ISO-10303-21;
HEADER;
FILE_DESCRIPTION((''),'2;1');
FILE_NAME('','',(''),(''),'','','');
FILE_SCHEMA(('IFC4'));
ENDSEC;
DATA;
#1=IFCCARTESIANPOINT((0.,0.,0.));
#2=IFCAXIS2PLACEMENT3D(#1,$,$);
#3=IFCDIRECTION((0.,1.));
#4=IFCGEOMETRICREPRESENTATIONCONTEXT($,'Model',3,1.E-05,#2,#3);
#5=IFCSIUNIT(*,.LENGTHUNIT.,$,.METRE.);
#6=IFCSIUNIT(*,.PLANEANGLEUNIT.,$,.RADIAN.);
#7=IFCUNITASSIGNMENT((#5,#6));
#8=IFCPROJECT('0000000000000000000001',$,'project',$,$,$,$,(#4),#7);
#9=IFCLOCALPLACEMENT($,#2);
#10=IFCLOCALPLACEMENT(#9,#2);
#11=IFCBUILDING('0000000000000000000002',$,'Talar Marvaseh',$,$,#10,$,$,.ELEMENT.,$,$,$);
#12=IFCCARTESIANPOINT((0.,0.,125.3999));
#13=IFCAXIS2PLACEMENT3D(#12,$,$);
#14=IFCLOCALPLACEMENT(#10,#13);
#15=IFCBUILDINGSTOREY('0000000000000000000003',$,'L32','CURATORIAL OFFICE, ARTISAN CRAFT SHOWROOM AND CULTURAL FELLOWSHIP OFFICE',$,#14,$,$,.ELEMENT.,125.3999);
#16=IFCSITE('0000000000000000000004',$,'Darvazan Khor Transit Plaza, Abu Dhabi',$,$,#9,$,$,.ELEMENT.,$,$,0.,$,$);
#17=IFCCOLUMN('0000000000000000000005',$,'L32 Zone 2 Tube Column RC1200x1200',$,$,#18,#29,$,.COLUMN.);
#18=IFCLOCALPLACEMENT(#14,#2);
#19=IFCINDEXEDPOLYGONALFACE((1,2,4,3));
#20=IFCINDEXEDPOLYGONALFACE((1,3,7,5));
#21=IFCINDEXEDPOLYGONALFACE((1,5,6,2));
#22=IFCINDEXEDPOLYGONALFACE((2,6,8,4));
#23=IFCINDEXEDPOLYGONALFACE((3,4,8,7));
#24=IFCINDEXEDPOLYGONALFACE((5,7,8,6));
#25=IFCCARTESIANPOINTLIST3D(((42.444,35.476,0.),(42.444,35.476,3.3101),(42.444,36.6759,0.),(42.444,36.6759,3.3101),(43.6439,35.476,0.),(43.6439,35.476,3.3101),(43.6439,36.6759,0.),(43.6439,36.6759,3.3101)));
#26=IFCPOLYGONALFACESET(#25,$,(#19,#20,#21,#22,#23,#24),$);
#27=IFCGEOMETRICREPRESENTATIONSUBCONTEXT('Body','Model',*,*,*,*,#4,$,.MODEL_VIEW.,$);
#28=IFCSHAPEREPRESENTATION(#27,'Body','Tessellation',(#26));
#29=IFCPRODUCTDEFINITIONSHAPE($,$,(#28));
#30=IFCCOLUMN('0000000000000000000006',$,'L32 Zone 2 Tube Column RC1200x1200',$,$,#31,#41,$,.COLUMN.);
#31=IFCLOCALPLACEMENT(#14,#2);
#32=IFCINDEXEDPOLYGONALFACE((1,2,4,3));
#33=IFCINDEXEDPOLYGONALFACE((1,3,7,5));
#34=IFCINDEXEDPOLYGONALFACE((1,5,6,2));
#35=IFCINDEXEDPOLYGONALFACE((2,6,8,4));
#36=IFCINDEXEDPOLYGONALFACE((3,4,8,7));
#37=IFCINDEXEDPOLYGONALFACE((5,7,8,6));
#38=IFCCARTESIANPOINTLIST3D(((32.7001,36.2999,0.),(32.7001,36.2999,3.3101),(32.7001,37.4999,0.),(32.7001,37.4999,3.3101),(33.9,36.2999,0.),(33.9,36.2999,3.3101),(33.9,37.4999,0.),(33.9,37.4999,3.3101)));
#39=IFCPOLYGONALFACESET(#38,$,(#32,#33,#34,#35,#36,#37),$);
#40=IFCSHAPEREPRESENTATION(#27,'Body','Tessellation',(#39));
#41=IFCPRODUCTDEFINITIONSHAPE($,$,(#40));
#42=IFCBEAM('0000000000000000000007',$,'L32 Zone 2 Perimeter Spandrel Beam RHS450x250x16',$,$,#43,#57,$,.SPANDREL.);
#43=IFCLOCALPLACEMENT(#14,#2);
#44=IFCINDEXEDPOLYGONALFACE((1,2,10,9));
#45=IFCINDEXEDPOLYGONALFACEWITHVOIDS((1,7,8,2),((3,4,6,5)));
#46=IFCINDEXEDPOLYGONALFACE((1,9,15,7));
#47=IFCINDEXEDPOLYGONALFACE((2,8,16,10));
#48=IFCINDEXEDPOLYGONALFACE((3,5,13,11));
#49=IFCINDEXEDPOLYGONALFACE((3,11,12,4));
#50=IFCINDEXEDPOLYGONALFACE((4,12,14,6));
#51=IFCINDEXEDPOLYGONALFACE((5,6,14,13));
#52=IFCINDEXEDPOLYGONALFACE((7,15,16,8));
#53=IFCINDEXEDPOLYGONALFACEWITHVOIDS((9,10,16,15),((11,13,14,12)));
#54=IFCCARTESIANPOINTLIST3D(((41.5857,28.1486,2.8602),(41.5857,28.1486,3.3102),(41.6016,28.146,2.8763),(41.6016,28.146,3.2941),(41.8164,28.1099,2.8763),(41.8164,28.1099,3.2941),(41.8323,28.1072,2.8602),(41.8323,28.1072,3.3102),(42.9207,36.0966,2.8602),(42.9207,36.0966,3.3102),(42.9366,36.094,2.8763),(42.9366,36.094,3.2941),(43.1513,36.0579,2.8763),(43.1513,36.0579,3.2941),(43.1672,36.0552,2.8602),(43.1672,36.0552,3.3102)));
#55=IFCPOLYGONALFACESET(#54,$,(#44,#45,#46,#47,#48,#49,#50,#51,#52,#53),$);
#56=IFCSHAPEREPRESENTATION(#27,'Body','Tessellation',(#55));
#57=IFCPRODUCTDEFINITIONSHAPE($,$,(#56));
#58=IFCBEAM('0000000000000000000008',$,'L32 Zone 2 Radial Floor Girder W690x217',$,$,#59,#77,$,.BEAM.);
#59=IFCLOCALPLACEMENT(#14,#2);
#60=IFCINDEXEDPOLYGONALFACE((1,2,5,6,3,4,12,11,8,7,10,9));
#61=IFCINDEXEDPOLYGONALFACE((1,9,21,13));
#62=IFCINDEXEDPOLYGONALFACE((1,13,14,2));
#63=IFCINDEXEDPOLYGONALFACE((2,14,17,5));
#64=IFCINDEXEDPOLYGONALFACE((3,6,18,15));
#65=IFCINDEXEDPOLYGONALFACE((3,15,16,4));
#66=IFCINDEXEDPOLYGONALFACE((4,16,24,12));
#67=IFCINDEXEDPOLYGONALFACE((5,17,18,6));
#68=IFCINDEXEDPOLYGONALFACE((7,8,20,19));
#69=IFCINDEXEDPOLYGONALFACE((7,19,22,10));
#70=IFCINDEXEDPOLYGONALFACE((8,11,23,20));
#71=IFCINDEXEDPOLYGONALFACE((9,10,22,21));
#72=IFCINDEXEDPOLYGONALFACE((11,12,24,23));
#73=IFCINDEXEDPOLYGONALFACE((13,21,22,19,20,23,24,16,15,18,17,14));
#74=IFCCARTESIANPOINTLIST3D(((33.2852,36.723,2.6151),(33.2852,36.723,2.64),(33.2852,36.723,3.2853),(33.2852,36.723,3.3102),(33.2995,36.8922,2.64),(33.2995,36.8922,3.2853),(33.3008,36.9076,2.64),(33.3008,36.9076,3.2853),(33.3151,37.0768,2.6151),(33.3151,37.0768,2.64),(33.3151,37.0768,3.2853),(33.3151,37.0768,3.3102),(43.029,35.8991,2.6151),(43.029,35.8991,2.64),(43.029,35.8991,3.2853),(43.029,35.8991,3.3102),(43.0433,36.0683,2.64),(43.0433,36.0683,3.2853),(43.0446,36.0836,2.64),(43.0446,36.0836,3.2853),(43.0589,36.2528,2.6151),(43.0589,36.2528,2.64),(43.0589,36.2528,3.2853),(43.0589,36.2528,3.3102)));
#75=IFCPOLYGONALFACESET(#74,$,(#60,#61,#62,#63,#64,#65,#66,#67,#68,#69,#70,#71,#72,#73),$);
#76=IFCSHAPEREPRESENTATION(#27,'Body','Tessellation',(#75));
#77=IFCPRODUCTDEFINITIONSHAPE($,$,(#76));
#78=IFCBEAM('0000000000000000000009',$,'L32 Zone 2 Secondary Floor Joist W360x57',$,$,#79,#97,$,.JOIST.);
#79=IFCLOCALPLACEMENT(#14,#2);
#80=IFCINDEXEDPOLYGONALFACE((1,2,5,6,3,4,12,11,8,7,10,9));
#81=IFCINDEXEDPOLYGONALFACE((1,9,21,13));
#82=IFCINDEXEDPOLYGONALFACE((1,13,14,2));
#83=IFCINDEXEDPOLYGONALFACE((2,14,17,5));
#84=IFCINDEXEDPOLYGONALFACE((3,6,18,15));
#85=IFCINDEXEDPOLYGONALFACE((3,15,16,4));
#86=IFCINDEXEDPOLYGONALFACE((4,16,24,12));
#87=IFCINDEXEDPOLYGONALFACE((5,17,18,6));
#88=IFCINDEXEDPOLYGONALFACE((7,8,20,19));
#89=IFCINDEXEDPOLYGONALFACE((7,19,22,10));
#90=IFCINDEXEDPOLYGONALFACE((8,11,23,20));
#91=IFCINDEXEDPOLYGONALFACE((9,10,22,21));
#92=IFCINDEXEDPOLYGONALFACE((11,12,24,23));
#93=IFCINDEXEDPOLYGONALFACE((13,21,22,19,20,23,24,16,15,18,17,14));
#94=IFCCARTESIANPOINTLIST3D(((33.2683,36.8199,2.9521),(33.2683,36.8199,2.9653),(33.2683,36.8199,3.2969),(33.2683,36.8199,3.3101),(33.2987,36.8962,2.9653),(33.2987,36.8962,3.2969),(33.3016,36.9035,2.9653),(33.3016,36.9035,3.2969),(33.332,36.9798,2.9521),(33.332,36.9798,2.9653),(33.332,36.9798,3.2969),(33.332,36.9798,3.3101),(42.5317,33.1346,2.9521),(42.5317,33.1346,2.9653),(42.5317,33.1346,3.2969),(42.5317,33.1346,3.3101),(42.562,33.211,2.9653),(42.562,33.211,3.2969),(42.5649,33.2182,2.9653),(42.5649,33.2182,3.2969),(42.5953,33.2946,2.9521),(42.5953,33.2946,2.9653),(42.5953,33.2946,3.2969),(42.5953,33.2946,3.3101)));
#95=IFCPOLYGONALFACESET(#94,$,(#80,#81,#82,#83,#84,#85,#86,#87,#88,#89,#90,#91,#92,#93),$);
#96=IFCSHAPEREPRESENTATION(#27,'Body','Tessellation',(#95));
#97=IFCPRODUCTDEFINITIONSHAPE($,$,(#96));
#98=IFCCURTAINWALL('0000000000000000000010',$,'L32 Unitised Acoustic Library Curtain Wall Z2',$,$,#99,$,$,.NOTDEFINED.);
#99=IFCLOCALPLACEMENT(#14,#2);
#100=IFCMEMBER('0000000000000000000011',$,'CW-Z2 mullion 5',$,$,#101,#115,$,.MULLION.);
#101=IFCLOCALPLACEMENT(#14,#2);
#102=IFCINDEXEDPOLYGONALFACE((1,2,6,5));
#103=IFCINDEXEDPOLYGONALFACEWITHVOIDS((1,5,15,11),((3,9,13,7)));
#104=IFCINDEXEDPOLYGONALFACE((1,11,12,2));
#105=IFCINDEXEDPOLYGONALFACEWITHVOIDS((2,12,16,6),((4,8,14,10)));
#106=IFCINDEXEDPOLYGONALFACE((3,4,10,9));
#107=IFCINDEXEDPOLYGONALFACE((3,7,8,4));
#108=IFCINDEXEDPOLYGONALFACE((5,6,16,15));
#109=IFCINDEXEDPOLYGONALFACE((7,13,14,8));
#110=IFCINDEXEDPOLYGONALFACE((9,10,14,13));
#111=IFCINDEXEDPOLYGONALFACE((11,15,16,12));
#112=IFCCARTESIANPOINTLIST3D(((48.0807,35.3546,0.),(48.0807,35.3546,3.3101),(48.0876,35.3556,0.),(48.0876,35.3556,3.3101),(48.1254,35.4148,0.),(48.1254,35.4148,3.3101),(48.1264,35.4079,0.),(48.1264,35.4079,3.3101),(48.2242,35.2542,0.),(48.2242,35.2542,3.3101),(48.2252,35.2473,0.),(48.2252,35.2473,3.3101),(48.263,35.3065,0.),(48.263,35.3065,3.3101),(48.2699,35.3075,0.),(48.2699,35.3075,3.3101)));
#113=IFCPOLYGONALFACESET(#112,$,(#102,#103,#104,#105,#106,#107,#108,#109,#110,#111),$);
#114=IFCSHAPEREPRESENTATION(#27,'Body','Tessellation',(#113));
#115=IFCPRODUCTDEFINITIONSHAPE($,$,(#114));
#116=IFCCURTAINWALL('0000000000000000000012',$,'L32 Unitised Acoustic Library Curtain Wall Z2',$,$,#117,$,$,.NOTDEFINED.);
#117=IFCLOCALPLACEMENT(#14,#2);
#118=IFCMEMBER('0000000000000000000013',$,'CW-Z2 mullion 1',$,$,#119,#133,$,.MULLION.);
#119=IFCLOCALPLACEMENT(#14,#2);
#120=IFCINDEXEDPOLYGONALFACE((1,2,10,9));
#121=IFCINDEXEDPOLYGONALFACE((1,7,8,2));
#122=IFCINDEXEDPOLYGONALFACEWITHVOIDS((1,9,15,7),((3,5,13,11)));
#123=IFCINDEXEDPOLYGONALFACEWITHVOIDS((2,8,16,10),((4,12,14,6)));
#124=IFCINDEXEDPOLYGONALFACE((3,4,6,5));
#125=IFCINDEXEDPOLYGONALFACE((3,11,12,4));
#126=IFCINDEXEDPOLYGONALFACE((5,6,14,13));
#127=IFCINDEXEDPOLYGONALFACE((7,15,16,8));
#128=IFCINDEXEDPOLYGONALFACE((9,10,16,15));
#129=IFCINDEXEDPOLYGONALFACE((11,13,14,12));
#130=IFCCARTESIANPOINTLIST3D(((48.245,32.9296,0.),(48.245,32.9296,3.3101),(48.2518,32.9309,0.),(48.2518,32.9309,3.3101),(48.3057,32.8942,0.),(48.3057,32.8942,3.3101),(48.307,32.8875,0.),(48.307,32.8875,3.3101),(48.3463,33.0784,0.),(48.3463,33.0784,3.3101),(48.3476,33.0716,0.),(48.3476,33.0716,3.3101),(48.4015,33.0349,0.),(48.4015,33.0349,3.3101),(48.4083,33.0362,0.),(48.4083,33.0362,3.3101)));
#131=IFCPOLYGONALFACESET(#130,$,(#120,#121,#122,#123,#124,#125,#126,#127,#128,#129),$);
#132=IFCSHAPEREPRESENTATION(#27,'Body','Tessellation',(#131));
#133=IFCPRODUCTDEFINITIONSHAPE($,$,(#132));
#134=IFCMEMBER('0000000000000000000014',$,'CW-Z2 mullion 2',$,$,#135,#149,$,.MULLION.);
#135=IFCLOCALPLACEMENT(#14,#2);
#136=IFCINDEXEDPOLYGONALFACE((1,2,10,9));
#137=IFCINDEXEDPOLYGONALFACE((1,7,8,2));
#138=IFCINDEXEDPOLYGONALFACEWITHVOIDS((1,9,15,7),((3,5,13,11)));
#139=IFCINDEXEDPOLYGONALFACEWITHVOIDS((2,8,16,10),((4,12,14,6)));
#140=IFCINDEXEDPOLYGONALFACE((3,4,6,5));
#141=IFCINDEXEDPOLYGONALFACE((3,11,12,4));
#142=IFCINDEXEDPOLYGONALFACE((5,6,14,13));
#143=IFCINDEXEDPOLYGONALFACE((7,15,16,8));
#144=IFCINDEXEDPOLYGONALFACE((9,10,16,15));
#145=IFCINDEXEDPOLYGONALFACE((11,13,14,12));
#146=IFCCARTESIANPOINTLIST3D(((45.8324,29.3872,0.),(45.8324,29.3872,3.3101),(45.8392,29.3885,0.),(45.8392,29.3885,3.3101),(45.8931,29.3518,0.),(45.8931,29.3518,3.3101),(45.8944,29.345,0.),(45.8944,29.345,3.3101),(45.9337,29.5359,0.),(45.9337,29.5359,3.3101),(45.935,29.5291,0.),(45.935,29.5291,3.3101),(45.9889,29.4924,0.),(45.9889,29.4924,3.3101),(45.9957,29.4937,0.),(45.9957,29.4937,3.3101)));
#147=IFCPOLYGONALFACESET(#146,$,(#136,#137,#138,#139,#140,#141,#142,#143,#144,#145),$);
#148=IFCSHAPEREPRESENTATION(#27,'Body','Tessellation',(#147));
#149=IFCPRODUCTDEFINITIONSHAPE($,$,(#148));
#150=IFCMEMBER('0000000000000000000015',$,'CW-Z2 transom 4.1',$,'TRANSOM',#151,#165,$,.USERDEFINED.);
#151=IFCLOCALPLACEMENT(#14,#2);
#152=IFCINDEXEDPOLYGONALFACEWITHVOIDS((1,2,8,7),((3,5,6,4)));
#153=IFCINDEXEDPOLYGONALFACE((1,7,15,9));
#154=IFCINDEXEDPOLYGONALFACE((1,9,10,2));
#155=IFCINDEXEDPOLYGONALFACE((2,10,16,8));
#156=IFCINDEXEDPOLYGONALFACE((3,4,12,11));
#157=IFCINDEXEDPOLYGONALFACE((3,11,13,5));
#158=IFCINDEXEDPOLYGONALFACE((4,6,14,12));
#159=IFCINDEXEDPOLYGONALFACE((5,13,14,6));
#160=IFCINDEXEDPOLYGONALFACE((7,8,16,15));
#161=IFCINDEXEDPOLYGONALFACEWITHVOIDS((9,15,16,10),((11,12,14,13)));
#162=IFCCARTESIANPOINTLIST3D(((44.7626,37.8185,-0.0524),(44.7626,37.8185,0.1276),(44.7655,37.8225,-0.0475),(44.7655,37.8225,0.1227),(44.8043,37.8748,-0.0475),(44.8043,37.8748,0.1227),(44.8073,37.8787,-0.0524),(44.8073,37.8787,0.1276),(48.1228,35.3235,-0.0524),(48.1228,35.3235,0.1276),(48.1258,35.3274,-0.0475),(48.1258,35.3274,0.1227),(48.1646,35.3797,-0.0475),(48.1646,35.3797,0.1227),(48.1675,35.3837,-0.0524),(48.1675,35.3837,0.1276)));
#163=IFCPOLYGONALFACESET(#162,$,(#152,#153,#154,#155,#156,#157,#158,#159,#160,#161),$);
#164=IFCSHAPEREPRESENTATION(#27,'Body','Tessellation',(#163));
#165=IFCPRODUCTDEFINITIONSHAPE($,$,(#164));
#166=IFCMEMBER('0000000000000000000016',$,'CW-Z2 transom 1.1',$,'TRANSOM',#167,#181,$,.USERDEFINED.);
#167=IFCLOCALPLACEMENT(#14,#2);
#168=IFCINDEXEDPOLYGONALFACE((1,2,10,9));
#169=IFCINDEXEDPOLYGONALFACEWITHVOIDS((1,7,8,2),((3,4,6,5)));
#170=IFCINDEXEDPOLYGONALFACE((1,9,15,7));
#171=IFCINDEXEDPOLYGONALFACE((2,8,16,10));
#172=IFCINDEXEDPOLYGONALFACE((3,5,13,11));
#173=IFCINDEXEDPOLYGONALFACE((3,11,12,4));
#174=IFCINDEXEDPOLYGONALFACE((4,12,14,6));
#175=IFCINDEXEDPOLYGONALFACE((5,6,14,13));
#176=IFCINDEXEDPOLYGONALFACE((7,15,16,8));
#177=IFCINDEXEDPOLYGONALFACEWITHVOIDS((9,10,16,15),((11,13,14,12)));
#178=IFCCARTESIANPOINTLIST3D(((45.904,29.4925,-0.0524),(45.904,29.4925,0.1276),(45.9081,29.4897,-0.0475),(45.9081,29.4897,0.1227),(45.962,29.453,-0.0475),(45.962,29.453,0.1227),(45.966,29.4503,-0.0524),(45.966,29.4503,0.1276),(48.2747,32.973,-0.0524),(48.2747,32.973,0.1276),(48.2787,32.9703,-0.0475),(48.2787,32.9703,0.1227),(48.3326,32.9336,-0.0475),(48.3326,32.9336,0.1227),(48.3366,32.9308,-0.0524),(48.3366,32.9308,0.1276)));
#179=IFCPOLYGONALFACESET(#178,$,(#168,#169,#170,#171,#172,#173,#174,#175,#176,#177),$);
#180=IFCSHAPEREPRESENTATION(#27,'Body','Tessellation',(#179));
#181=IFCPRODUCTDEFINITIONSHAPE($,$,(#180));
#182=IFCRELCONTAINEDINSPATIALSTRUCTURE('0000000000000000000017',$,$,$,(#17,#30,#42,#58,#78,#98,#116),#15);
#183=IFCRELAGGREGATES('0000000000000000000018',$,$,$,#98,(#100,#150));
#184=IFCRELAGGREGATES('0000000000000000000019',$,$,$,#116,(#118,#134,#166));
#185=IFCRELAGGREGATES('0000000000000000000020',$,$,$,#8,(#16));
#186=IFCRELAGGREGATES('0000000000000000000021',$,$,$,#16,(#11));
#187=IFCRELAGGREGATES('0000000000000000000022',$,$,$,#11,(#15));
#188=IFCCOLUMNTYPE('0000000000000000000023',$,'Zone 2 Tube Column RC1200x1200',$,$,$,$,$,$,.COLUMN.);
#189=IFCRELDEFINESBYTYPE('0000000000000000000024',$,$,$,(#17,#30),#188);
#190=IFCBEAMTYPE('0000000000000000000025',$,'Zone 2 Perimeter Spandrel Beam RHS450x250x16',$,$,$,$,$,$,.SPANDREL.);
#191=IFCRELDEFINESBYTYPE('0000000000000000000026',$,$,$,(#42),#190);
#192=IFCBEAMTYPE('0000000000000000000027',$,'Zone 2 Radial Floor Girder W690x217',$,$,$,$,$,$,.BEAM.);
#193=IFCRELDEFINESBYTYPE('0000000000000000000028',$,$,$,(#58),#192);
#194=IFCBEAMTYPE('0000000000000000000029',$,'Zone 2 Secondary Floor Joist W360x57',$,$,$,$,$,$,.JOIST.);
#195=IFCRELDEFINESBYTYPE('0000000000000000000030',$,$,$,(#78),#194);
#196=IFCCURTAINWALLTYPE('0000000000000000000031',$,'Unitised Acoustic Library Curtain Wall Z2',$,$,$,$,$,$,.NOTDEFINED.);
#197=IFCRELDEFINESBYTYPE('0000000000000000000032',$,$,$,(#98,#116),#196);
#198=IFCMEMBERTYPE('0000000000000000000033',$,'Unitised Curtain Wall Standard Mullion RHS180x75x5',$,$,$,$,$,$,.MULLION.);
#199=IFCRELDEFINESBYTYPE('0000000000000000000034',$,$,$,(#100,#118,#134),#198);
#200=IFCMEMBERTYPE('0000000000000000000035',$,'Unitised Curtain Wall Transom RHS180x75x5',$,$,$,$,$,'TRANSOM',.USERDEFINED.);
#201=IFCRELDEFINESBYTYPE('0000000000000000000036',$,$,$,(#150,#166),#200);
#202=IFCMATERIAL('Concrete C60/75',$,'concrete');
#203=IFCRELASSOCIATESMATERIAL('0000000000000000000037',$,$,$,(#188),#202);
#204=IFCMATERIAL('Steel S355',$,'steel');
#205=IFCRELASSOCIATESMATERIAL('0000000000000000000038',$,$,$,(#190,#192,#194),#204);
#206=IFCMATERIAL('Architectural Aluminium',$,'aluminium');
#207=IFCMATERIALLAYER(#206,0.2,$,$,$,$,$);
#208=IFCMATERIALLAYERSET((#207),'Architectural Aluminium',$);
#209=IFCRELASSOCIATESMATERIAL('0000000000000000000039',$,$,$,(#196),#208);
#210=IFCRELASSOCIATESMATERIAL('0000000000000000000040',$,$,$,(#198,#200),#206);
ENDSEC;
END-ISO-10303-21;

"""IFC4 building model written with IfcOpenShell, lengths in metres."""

from ifc_helpers import new_model, si_unit, direction, frame, origin, origin_2d, place, context, subcontext, project, spatial, rectangle, hollow_rectangle, i_section, extrude, source, transform, mapped, material, layer, layer_set, material_profile, profile_set, type_object, type_shapes, element, aggregate, save


model = new_model("IFC4")

# Units and contexts
model_context = context("Model", 3, precision=1e-05, world=origin(), true_north=direction((0.0, 1.0)))
body_context = subcontext(model_context, "Body", "Model", "MODEL_VIEW")
ifc_project = project(units=[si_unit("LENGTHUNIT", "METRE"), si_unit("PLANEANGLEUNIT", "RADIAN")], contexts=[model_context])

# Site, building, storey
site_placement = place(None, origin())
site = spatial("IfcSite", under=ifc_project, at=site_placement, Name="Darvazan Khor Transit Plaza, Abu Dhabi", CompositionType="ELEMENT", RefElevation=0.0)
building_placement = place(site_placement, origin())
building = spatial("IfcBuilding", under=site, at=building_placement, Name="Talar Marvaseh", CompositionType="ELEMENT")
storey_placement = place(building_placement, frame((0.0, 0.0, 125.3999)))
storey = spatial("IfcBuildingStorey", under=building, at=storey_placement, Name="L32", Description="CURATORIAL OFFICE, ARTISAN CRAFT SHOWROOM AND CULTURAL FELLOWSHIP OFFICE", CompositionType="ELEMENT", Elevation=125.3999)

# Columns
ifc_material_1 = material(Name="Concrete C60/75", Category="concrete")
ifc_material_profile_1 = material_profile(ifc_material_1, rectangle(XDim=1.2, YDim=1.2, at=origin_2d()), Name="RC1200x1200")
ifc_profile_set_1 = profile_set([ifc_material_profile_1], Name="Concrete C60/75")
column_type = type_object("IfcColumnType", Name="Zone 2 Tube Column RC1200x1200", PredefinedType="COLUMN", material=ifc_profile_set_1)
for number, where, z_axis, x_axis, name in (
    (1, (43.0439, 36.0759, 0.0), (0.0, 0.0, 1.0), (1.0, 0.0, 0.0), "L32 Zone 2 Tube Column RC1200x1200"),
    (2, (33.3, 36.8999, 0.0), (0.0, 0.0, 1.0), (1.0, 0.0, 0.0), "L32 Zone 2 Tube Column RC1200x1200"),
):
    element("IfcColumn", number, at=place(storey_placement, frame(where, z_axis=z_axis, x_axis=x_axis)), inside=storey, type_object=column_type, Name=name, PredefinedType="COLUMN", context=body_context, shape_type="SweptSolid", body=[
        extrude(rectangle(XDim=1.2, YDim=1.2, at=origin_2d()), origin(), (0.0, 0.0, 1.0), 3.3101),
    ])

# Beams
ifc_material_2 = material(Name="Steel S355", Category="steel")
ifc_material_profile_2 = material_profile(ifc_material_2, hollow_rectangle(XDim=0.25, YDim=0.45, WallThickness=0.0161, at=origin_2d()), Name="RHS450x250x16")
ifc_profile_set_2 = profile_set([ifc_material_profile_2], Name="Steel S355")
beam_type_1 = type_object("IfcBeamType", Name="Zone 2 Perimeter Spandrel Beam RHS450x250x16", PredefinedType="SPANDREL", material=ifc_profile_set_2)
beam_1_placement = place(storey_placement, frame((43.0439, 36.0759, 3.0852), z_axis=(-0.165642, -0.986186, 0.0), x_axis=(0.986186, -0.165642, 0.0)))
element("IfcBeam", 3, at=beam_1_placement, inside=storey, type_object=beam_type_1, Name="L32 Zone 2 Perimeter Spandrel Beam RHS450x250x16", PredefinedType="SPANDREL", context=body_context, shape_type="SweptSolid", body=[
    extrude(hollow_rectangle(XDim=0.25, YDim=0.45, WallThickness=0.0161, at=origin_2d()), origin(), (0.0, 0.0, 1.0), 8.0593),
])
ifc_material_profile_3 = material_profile(ifc_material_2, i_section(OverallWidth=0.355, OverallDepth=0.6951, WebThickness=0.0154, FlangeThickness=0.0249, at=origin_2d()), Name="W690x217")
ifc_profile_set_3 = profile_set([ifc_material_profile_3], Name="Steel S355")
beam_type_2 = type_object("IfcBeamType", Name="Zone 2 Radial Floor Girder W690x217", PredefinedType="BEAM", material=ifc_profile_set_3)
beam_2_placement = place(storey_placement, frame((43.0439, 36.0759, 2.9626), z_axis=(-0.996444, 0.084262, 0.0), x_axis=(-0.084262, -0.996444, 0.0)))
element("IfcBeam", 4, at=beam_2_placement, inside=storey, type_object=beam_type_2, Name="L32 Zone 2 Radial Floor Girder W690x217", PredefinedType="BEAM", context=body_context, shape_type="SweptSolid", body=[
    extrude(i_section(OverallWidth=0.355, OverallDepth=0.6951, WebThickness=0.0154, FlangeThickness=0.0249, at=origin_2d()), origin(), (0.0, 0.0, 1.0), 9.7786),
])
ifc_material_profile_4 = material_profile(ifc_material_2, i_section(OverallWidth=0.1721, OverallDepth=0.3579, WebThickness=0.0078, FlangeThickness=0.0132, at=origin_2d()), Name="W360x57")
ifc_profile_set_4 = profile_set([ifc_material_profile_4], Name="Steel S355")
beam_type_3 = type_object("IfcBeamType", Name="Zone 2 Secondary Floor Joist W360x57", PredefinedType="JOIST", material=ifc_profile_set_4)
beam_3_placement = place(storey_placement, frame((42.5635, 33.2146, 3.1311), z_axis=(-0.929169, 0.369655, 0.0), x_axis=(-0.369655, -0.929169, 0.0)))
element("IfcBeam", 5, at=beam_3_placement, inside=storey, type_object=beam_type_3, Name="L32 Zone 2 Secondary Floor Joist W360x57", PredefinedType="JOIST", context=body_context, shape_type="SweptSolid", body=[
    extrude(i_section(OverallWidth=0.1721, OverallDepth=0.3579, WebThickness=0.0078, FlangeThickness=0.0132, at=origin_2d()), origin(), (0.0, 0.0, 1.0), 9.9695),
])

# Curtain wall, member
ifc_material_3 = material(Name="Architectural Aluminium", Category="aluminium")
ifc_layer_1 = layer(ifc_material_3, 0.2)
ifc_layer_set_1 = layer_set([ifc_layer_1], Name="Architectural Aluminium")
curtain_wall_type = type_object("IfcCurtainWallType", Name="Unitised Acoustic Library Curtain Wall Z2", PredefinedType="NOTDEFINED", material=ifc_layer_set_1)
curtain_wall_1_placement = place(storey_placement, origin())
curtain_wall_1 = element("IfcCurtainWall", 6, at=curtain_wall_1_placement, inside=storey, type_object=curtain_wall_type, Name="L32 Unitised Acoustic Library Curtain Wall Z2", PredefinedType="NOTDEFINED")
ifc_material_profile_5 = material_profile(ifc_material_3, hollow_rectangle(XDim=0.075, YDim=0.1799, WallThickness=0.0049, at=origin_2d()), Name="RHS180x75x5")
ifc_profile_set_5 = profile_set([ifc_material_profile_5], Name="Architectural Aluminium")
member_type_1 = type_object("IfcMemberType", Name="Unitised Curtain Wall Standard Mullion RHS180x75x5", PredefinedType="MULLION", material=ifc_profile_set_5)
shared_shape_1 = source(origin(), body_context, "Body", "SweptSolid", [
    extrude(hollow_rectangle(XDim=0.075, YDim=0.1799, WallThickness=0.0049, at=origin_2d()), origin(), (0.0, 0.0, 1.0), 3.3101),
])
type_shapes(member_type_1, [shared_shape_1])
member_1_placement = place(storey_placement, frame((48.1753, 35.3311, 0.0), z_axis=(0.0, 0.0, 1.0), x_axis=(0.59617, 0.802858, 0.0)))
member_1 = element("IfcMember", 7, at=member_1_placement, type_object=member_type_1, Name="CW-Z2 mullion 5", PredefinedType="MULLION", context=body_context, shape_type="MappedRepresentation", body=[
    mapped(shared_shape_1, transform((0.0, 0.0, 0.0), x_axis=(1.0, 0.0, 0.0), y_axis=(0.0, 1.0, 0.0), z_axis=(0.0, 0.0, 1.0), scale=1.0)),
])

# Curtain wall, members
curtain_wall_2_placement = place(storey_placement, origin())
curtain_wall_2 = element("IfcCurtainWall", 8, at=curtain_wall_2_placement, inside=storey, type_object=curtain_wall_type, Name="L32 Unitised Acoustic Library Curtain Wall Z2", PredefinedType="NOTDEFINED")
member_2_placement = place(storey_placement, frame((48.3267, 32.9829, 0.0), z_axis=(0.0, 0.0, 1.0), x_axis=(0.826504, -0.562931, 0.0)))
member_2 = element("IfcMember", 9, at=member_2_placement, type_object=member_type_1, Name="CW-Z2 mullion 1", PredefinedType="MULLION", context=body_context, shape_type="MappedRepresentation", body=[
    mapped(shared_shape_1, transform((0.0, 0.0, 0.0), x_axis=(1.0, 0.0, 0.0), y_axis=(0.0, 1.0, 0.0), z_axis=(0.0, 0.0, 1.0), scale=1.0)),
])
member_3_placement = place(storey_placement, frame((45.9141, 29.4404, 0.0), z_axis=(0.0, 0.0, 1.0), x_axis=(0.826504, -0.562931, 0.0)))
member_3 = element("IfcMember", 10, at=member_3_placement, type_object=member_type_1, Name="CW-Z2 mullion 2", PredefinedType="MULLION", context=body_context, shape_type="MappedRepresentation", body=[
    mapped(shared_shape_1, transform((0.0, 0.0, 0.0), x_axis=(1.0, 0.0, 0.0), y_axis=(0.0, 1.0, 0.0), z_axis=(0.0, 0.0, 1.0), scale=1.0)),
])

# Members
ifc_material_profile_6 = material_profile(ifc_material_3, hollow_rectangle(XDim=0.075, YDim=0.1799, WallThickness=0.0049, at=origin_2d()), Name="RHS180x75x5")
ifc_profile_set_6 = profile_set([ifc_material_profile_6], Name="Architectural Aluminium")
member_type_2 = type_object("IfcMemberType", Name="Unitised Curtain Wall Transom RHS180x75x5", ElementType="TRANSOM", PredefinedType="USERDEFINED", material=ifc_profile_set_6)
shared_shape_2 = source(origin(), body_context, "Body", "SweptSolid", [
    extrude(hollow_rectangle(XDim=0.075, YDim=0.1799, WallThickness=0.0049, at=origin_2d()), origin(), (0.0, 0.0, 1.0), 4.1853),
])
member_4_placement = place(storey_placement, frame((44.7849, 37.8486, 0.0376), z_axis=(0.802875, -0.596148, 0.0), x_axis=(0.596148, 0.802875, 0.0)))
member_4 = element("IfcMember", 11, at=member_4_placement, type_object=member_type_2, Name="CW-Z2 transom 4.1", ObjectType="TRANSOM", PredefinedType="USERDEFINED", context=body_context, shape_type="MappedRepresentation", body=[
    mapped(shared_shape_2, transform((0.0, 0.0, 0.0), x_axis=(1.0, 0.0, 0.0), y_axis=(0.0, 1.0, 0.0), z_axis=(0.0, 0.0, 1.0), scale=1.0)),
])
shared_shape_3 = source(origin(), body_context, "Body", "SweptSolid", [
    extrude(hollow_rectangle(XDim=0.075, YDim=0.1799, WallThickness=0.0049, at=origin_2d()), origin(), (0.0, 0.0, 1.0), 4.2112),
])
member_5_placement = place(storey_placement, frame((48.3057, 32.9519, 0.0376), z_axis=(-0.562941, -0.826497, 0.0), x_axis=(0.826497, -0.562941, 0.0)))
member_5 = element("IfcMember", 12, at=member_5_placement, type_object=member_type_2, Name="CW-Z2 transom 1.1", ObjectType="TRANSOM", PredefinedType="USERDEFINED", context=body_context, shape_type="MappedRepresentation", body=[
    mapped(shared_shape_3, transform((0.0, 0.0, 0.0), x_axis=(1.0, 0.0, 0.0), y_axis=(0.0, 1.0, 0.0), z_axis=(0.0, 0.0, 1.0), scale=1.0)),
])

aggregate(curtain_wall_1, [member_1, member_4])
aggregate(curtain_wall_2, [member_2, member_3, member_5])

save(model, "model.ifc")
